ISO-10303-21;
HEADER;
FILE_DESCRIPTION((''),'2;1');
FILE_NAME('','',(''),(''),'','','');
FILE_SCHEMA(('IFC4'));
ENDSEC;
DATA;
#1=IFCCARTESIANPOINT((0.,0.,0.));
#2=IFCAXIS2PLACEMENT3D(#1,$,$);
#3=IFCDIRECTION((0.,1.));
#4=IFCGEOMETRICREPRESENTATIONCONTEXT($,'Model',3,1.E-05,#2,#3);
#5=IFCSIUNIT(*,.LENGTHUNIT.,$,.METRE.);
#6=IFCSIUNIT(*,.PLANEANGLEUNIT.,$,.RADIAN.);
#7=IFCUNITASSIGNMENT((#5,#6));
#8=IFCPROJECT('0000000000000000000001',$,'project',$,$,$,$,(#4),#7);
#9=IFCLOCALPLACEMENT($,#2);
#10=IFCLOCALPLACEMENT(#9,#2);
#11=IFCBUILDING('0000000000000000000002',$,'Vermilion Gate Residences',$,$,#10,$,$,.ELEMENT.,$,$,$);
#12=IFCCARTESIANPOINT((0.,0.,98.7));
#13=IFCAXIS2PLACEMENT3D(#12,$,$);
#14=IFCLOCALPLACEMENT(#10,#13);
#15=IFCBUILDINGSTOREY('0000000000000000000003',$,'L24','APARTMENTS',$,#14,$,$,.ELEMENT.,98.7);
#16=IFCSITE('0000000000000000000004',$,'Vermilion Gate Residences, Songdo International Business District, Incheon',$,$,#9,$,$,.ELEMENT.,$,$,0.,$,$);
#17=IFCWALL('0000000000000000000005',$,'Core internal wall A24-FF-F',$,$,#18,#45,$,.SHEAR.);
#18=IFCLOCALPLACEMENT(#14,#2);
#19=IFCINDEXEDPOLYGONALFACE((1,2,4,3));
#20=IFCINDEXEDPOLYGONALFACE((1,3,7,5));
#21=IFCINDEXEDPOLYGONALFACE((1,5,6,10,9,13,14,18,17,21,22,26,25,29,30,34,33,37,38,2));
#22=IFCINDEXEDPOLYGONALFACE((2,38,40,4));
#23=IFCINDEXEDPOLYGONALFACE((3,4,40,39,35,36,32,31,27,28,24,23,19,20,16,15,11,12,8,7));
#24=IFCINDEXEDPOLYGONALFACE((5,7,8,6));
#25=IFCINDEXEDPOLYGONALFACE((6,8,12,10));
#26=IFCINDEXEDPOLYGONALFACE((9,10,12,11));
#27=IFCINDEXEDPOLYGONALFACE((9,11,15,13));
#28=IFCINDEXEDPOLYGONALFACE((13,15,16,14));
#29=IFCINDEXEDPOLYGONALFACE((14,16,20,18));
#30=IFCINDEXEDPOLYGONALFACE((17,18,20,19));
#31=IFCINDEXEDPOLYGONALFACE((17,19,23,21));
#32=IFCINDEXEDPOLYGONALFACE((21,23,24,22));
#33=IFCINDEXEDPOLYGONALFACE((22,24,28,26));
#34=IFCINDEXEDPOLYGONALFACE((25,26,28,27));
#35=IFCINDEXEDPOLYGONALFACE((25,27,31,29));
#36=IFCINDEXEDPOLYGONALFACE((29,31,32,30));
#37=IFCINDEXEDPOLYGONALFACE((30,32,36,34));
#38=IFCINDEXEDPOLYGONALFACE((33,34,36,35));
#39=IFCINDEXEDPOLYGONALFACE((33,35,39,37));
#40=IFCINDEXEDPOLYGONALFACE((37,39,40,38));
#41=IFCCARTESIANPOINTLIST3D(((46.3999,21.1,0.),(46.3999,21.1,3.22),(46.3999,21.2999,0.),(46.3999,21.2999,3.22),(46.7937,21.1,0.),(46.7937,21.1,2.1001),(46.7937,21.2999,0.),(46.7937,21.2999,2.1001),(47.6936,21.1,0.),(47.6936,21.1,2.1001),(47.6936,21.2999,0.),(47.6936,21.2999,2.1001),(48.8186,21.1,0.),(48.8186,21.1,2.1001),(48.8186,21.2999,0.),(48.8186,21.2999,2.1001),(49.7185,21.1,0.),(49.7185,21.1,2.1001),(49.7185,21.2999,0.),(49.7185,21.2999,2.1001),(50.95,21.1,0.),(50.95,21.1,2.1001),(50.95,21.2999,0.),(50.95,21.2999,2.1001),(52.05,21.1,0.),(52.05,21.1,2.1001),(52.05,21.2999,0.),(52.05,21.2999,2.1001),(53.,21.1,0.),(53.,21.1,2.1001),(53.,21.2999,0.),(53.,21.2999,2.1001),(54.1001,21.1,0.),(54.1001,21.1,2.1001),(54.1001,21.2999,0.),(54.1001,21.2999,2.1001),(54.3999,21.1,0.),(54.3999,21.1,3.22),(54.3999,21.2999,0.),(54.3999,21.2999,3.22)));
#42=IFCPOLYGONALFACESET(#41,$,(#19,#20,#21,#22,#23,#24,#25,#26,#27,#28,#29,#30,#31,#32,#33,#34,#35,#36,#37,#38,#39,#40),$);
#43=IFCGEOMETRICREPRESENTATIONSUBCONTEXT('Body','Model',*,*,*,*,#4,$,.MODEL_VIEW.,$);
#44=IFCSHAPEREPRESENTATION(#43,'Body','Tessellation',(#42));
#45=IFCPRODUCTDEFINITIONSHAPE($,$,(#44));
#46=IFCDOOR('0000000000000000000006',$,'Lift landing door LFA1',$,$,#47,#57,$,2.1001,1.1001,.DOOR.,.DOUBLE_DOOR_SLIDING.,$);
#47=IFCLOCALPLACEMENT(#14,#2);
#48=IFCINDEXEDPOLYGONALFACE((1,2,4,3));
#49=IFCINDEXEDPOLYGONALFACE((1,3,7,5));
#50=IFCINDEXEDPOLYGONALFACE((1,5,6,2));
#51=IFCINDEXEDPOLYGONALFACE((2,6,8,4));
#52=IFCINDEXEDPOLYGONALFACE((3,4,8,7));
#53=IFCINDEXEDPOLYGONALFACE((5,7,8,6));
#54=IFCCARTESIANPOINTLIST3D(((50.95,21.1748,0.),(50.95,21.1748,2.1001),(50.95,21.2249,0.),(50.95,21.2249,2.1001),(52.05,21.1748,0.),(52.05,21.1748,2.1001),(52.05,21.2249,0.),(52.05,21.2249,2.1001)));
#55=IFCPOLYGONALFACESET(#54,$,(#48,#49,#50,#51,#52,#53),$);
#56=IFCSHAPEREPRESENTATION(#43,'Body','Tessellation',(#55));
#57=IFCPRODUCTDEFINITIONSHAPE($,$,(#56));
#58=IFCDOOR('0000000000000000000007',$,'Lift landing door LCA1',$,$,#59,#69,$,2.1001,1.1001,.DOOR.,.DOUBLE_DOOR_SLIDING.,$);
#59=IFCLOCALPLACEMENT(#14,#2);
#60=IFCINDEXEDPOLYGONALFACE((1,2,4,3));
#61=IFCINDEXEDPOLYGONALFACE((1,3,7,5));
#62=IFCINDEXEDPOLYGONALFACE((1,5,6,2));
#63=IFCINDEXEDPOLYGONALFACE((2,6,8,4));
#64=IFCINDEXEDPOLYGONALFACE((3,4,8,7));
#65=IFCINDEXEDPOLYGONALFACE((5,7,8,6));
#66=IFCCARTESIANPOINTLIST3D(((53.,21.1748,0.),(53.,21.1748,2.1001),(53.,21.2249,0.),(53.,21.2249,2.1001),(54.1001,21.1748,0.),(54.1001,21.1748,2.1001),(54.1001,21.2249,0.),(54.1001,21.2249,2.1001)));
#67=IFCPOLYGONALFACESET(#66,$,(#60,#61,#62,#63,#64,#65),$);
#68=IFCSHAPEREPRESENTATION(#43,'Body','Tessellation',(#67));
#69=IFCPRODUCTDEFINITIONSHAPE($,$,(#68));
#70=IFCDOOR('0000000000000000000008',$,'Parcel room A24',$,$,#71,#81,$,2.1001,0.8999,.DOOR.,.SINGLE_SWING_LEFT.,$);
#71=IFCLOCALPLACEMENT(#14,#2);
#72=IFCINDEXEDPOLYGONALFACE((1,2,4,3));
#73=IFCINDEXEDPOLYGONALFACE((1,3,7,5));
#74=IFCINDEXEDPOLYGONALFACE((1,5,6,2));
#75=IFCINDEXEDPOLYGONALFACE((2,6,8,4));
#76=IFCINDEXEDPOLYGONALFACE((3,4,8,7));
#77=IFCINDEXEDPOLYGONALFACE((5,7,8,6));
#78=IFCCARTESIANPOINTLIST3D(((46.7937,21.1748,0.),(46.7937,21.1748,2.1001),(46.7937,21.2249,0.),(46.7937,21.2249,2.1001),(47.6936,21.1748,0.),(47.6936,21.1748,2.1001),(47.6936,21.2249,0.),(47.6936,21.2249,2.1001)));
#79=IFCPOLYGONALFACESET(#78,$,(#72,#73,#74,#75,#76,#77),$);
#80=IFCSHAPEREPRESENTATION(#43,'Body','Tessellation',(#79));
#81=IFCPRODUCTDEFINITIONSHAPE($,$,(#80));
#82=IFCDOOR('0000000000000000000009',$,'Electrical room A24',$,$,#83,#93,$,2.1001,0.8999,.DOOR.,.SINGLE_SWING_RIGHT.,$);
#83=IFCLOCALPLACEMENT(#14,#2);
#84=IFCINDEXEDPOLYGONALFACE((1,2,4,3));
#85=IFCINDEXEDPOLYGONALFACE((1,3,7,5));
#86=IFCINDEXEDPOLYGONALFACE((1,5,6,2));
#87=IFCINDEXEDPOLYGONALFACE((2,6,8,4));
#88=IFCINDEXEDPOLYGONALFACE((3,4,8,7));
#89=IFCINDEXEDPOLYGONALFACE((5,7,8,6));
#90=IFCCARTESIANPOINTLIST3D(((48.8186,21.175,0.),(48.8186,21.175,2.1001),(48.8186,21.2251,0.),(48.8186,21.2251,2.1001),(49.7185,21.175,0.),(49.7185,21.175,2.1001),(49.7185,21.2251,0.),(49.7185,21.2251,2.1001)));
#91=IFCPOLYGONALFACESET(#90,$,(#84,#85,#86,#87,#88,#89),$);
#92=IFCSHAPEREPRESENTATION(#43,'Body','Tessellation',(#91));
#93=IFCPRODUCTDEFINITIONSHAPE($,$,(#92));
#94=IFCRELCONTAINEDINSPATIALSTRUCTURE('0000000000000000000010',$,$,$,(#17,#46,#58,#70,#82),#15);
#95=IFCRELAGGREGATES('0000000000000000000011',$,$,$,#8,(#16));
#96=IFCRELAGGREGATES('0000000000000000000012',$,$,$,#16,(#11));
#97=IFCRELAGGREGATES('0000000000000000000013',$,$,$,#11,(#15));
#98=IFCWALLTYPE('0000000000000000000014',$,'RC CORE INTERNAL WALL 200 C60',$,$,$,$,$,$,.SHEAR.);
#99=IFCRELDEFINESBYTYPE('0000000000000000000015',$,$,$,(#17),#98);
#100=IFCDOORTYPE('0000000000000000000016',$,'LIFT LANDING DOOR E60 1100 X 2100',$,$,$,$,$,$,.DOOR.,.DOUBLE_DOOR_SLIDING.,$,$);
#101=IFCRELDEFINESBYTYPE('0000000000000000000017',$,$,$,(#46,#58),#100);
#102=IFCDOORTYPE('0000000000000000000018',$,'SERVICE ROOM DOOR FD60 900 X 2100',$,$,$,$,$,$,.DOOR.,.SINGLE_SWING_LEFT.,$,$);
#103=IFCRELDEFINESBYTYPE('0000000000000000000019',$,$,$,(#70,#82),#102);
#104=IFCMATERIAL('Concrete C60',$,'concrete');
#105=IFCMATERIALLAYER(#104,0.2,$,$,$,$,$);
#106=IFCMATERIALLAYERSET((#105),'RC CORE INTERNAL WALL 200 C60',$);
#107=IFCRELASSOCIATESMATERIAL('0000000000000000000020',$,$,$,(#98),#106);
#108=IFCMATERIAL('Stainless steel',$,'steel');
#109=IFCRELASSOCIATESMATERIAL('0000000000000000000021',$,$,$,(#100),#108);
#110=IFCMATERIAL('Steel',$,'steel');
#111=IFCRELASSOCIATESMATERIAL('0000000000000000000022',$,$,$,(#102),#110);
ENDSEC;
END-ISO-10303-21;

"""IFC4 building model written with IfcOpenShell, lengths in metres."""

from ifc_helpers import new_model, si_unit, direction, frame, frame_2d, origin, place, context, subcontext, project, spatial, rectangle, extrude, material, layer, layer_set, type_object, element, fill, save


model = new_model("IFC4")

# Units and contexts
model_context = context("Model", 3, precision=1e-05, world=origin(), true_north=direction((0.0, 1.0)))
body_context = subcontext(model_context, "Body", "Model", "MODEL_VIEW")
ifc_project = project(units=[si_unit("LENGTHUNIT", "METRE"), si_unit("PLANEANGLEUNIT", "RADIAN")], contexts=[model_context])

# Site, building, storey
site_placement = place(None, origin())
site = spatial("IfcSite", under=ifc_project, at=site_placement, Name="Vermilion Gate Residences, Songdo International Business District, Incheon", CompositionType="ELEMENT", RefElevation=0.0)
building_placement = place(site_placement, origin())
building = spatial("IfcBuilding", under=site, at=building_placement, Name="Vermilion Gate Residences", CompositionType="ELEMENT")
storey_placement = place(building_placement, frame((0.0, 0.0, 98.7)))
storey = spatial("IfcBuildingStorey", under=building, at=storey_placement, Name="L24", Description="APARTMENTS", CompositionType="ELEMENT", Elevation=98.7)

# Shared definitions
ifc_material_1 = material(Name="Concrete C60", Category="concrete")
ifc_layer_1 = layer(ifc_material_1, 0.2)
ifc_layer_set_1 = layer_set([ifc_layer_1], Name="RC CORE INTERNAL WALL 200 C60")
wall_type_1 = type_object("IfcWallType", Name="RC CORE INTERNAL WALL 200 C60", PredefinedType="SHEAR", material=ifc_layer_set_1)

# Wall, openings, doors
wall_1_placement = place(storey_placement, frame((46.3999, 21.2, 0.0), z_axis=(0.0, 0.0, 1.0), x_axis=(1.0, 0.0, 0.0)))
wall_1 = element("IfcWall", 1, at=wall_1_placement, inside=storey, type_object=wall_type_1, Name="Core internal wall A24-FF-F", PredefinedType="SHEAR", context=body_context, shape_type="SweptSolid", body=[
    extrude(rectangle(XDim=8.0, YDim=0.2, at=frame_2d((4.0, 0.0))), origin(), (0.0, 0.0, 1.0), 3.22),
])
opening_1_placement = place(wall_1_placement, frame((0.3938, 0.0, 0.0)))
opening_1 = element("IfcOpeningElement", 2, at=opening_1_placement, cuts=wall_1, PredefinedType="OPENING", context=body_context, shape_type="SweptSolid", body=[
    extrude(rectangle(XDim=0.8999, YDim=2.1001, at=frame_2d((0.45, 1.05))), frame((0.0, 0.1099, 0.0), z_axis=(0.0, -1.0, 0.0), x_axis=(1.0, 0.0, 0.0)), (0.0, 0.0, 1.0), 0.22),
])
opening_2_placement = place(wall_1_placement, frame((2.4187, 0.0, 0.0)))
opening_2 = element("IfcOpeningElement", 3, at=opening_2_placement, cuts=wall_1, PredefinedType="OPENING", context=body_context, shape_type="SweptSolid", body=[
    extrude(rectangle(XDim=0.8999, YDim=2.1001, at=frame_2d((0.45, 1.05))), frame((0.0, 0.1099, 0.0), z_axis=(0.0, -1.0, 0.0), x_axis=(1.0, 0.0, 0.0)), (0.0, 0.0, 1.0), 0.22),
])
opening_3_placement = place(wall_1_placement, frame((4.55, 0.0, 0.0)))
opening_3 = element("IfcOpeningElement", 4, at=opening_3_placement, cuts=wall_1, PredefinedType="OPENING", context=body_context, shape_type="SweptSolid", body=[
    extrude(rectangle(XDim=1.1001, YDim=2.1001, at=frame_2d((0.55, 1.05))), frame((0.0, 0.1099, 0.0), z_axis=(0.0, -1.0, 0.0), x_axis=(1.0, 0.0, 0.0)), (0.0, 0.0, 1.0), 0.22),
])
opening_4_placement = place(wall_1_placement, frame((6.6001, 0.0, 0.0)))
opening_4 = element("IfcOpeningElement", 5, at=opening_4_placement, cuts=wall_1, PredefinedType="OPENING", context=body_context, shape_type="SweptSolid", body=[
    extrude(rectangle(XDim=1.1001, YDim=2.1001, at=frame_2d((0.55, 1.05))), frame((0.0, 0.1099, 0.0), z_axis=(0.0, -1.0, 0.0), x_axis=(1.0, 0.0, 0.0)), (0.0, 0.0, 1.0), 0.22),
])
ifc_material_2 = material(Name="Stainless steel", Category="steel")
door_type_1 = type_object("IfcDoorType", Name="LIFT LANDING DOOR E60 1100 X 2100", OperationType="DOUBLE_DOOR_SLIDING", PredefinedType="DOOR", material=ifc_material_2)
door_1_placement = place(opening_3_placement, origin())
door_1 = element("IfcDoor", 6, at=door_1_placement, inside=storey, type_object=door_type_1, Name="Lift landing door LFA1", OperationType="DOUBLE_DOOR_SLIDING", OverallHeight=2.1001, OverallWidth=1.1001, PredefinedType="DOOR", context=body_context, shape_type="SweptSolid", body=[
    extrude(rectangle(XDim=1.1001, YDim=2.1001, at=frame_2d((0.55, 1.05))), frame((0.0, 0.0249, 0.0), z_axis=(0.0, -1.0, 0.0), x_axis=(1.0, 0.0, 0.0)), (0.0, 0.0, 1.0), 0.05),
])
fill(opening_3, door_1)
door_2_placement = place(opening_4_placement, origin())
door_2 = element("IfcDoor", 7, at=door_2_placement, inside=storey, type_object=door_type_1, Name="Lift landing door LCA1", OperationType="DOUBLE_DOOR_SLIDING", OverallHeight=2.1001, OverallWidth=1.1001, PredefinedType="DOOR", context=body_context, shape_type="SweptSolid", body=[
    extrude(rectangle(XDim=1.1001, YDim=2.1001, at=frame_2d((0.55, 1.05))), frame((0.0, 0.0249, 0.0), z_axis=(0.0, -1.0, 0.0), x_axis=(1.0, 0.0, 0.0)), (0.0, 0.0, 1.0), 0.05),
])
fill(opening_4, door_2)
ifc_material_3 = material(Name="Steel", Category="steel")
door_type_2 = type_object("IfcDoorType", Name="SERVICE ROOM DOOR FD60 900 X 2100", OperationType="SINGLE_SWING_LEFT", PredefinedType="DOOR", material=ifc_material_3)
door_3_placement = place(opening_1_placement, origin())
door_3 = element("IfcDoor", 8, at=door_3_placement, inside=storey, type_object=door_type_2, Name="Parcel room A24", OperationType="SINGLE_SWING_LEFT", OverallHeight=2.1001, OverallWidth=0.8999, PredefinedType="DOOR", context=body_context, shape_type="SweptSolid", body=[
    extrude(rectangle(XDim=0.8999, YDim=2.1001, at=frame_2d((0.45, 1.05))), frame((0.0, 0.0249, 0.0), z_axis=(0.0, -1.0, 0.0), x_axis=(1.0, 0.0, 0.0)), (0.0, 0.0, 1.0), 0.05),
])
fill(opening_1, door_3)
door_4_placement = place(opening_2_placement, frame((0.8999, 0.0, 0.0), z_axis=(0.0, 0.0, 1.0), x_axis=(-1.0, 0.0, 0.0)))
door_4 = element("IfcDoor", 9, at=door_4_placement, inside=storey, type_object=door_type_2, Name="Electrical room A24", OperationType="SINGLE_SWING_RIGHT", OverallHeight=2.1001, OverallWidth=0.8999, PredefinedType="DOOR", context=body_context, shape_type="SweptSolid", body=[
    extrude(rectangle(XDim=0.8999, YDim=2.1001, at=frame_2d((0.45, 1.05))), frame((0.0, 0.0249, 0.0), z_axis=(0.0, -1.0, 0.0), x_axis=(1.0, 0.0, 0.0)), (0.0, 0.0, 1.0), 0.05),
])
fill(opening_2, door_4)

save(model, "model.ifc")
